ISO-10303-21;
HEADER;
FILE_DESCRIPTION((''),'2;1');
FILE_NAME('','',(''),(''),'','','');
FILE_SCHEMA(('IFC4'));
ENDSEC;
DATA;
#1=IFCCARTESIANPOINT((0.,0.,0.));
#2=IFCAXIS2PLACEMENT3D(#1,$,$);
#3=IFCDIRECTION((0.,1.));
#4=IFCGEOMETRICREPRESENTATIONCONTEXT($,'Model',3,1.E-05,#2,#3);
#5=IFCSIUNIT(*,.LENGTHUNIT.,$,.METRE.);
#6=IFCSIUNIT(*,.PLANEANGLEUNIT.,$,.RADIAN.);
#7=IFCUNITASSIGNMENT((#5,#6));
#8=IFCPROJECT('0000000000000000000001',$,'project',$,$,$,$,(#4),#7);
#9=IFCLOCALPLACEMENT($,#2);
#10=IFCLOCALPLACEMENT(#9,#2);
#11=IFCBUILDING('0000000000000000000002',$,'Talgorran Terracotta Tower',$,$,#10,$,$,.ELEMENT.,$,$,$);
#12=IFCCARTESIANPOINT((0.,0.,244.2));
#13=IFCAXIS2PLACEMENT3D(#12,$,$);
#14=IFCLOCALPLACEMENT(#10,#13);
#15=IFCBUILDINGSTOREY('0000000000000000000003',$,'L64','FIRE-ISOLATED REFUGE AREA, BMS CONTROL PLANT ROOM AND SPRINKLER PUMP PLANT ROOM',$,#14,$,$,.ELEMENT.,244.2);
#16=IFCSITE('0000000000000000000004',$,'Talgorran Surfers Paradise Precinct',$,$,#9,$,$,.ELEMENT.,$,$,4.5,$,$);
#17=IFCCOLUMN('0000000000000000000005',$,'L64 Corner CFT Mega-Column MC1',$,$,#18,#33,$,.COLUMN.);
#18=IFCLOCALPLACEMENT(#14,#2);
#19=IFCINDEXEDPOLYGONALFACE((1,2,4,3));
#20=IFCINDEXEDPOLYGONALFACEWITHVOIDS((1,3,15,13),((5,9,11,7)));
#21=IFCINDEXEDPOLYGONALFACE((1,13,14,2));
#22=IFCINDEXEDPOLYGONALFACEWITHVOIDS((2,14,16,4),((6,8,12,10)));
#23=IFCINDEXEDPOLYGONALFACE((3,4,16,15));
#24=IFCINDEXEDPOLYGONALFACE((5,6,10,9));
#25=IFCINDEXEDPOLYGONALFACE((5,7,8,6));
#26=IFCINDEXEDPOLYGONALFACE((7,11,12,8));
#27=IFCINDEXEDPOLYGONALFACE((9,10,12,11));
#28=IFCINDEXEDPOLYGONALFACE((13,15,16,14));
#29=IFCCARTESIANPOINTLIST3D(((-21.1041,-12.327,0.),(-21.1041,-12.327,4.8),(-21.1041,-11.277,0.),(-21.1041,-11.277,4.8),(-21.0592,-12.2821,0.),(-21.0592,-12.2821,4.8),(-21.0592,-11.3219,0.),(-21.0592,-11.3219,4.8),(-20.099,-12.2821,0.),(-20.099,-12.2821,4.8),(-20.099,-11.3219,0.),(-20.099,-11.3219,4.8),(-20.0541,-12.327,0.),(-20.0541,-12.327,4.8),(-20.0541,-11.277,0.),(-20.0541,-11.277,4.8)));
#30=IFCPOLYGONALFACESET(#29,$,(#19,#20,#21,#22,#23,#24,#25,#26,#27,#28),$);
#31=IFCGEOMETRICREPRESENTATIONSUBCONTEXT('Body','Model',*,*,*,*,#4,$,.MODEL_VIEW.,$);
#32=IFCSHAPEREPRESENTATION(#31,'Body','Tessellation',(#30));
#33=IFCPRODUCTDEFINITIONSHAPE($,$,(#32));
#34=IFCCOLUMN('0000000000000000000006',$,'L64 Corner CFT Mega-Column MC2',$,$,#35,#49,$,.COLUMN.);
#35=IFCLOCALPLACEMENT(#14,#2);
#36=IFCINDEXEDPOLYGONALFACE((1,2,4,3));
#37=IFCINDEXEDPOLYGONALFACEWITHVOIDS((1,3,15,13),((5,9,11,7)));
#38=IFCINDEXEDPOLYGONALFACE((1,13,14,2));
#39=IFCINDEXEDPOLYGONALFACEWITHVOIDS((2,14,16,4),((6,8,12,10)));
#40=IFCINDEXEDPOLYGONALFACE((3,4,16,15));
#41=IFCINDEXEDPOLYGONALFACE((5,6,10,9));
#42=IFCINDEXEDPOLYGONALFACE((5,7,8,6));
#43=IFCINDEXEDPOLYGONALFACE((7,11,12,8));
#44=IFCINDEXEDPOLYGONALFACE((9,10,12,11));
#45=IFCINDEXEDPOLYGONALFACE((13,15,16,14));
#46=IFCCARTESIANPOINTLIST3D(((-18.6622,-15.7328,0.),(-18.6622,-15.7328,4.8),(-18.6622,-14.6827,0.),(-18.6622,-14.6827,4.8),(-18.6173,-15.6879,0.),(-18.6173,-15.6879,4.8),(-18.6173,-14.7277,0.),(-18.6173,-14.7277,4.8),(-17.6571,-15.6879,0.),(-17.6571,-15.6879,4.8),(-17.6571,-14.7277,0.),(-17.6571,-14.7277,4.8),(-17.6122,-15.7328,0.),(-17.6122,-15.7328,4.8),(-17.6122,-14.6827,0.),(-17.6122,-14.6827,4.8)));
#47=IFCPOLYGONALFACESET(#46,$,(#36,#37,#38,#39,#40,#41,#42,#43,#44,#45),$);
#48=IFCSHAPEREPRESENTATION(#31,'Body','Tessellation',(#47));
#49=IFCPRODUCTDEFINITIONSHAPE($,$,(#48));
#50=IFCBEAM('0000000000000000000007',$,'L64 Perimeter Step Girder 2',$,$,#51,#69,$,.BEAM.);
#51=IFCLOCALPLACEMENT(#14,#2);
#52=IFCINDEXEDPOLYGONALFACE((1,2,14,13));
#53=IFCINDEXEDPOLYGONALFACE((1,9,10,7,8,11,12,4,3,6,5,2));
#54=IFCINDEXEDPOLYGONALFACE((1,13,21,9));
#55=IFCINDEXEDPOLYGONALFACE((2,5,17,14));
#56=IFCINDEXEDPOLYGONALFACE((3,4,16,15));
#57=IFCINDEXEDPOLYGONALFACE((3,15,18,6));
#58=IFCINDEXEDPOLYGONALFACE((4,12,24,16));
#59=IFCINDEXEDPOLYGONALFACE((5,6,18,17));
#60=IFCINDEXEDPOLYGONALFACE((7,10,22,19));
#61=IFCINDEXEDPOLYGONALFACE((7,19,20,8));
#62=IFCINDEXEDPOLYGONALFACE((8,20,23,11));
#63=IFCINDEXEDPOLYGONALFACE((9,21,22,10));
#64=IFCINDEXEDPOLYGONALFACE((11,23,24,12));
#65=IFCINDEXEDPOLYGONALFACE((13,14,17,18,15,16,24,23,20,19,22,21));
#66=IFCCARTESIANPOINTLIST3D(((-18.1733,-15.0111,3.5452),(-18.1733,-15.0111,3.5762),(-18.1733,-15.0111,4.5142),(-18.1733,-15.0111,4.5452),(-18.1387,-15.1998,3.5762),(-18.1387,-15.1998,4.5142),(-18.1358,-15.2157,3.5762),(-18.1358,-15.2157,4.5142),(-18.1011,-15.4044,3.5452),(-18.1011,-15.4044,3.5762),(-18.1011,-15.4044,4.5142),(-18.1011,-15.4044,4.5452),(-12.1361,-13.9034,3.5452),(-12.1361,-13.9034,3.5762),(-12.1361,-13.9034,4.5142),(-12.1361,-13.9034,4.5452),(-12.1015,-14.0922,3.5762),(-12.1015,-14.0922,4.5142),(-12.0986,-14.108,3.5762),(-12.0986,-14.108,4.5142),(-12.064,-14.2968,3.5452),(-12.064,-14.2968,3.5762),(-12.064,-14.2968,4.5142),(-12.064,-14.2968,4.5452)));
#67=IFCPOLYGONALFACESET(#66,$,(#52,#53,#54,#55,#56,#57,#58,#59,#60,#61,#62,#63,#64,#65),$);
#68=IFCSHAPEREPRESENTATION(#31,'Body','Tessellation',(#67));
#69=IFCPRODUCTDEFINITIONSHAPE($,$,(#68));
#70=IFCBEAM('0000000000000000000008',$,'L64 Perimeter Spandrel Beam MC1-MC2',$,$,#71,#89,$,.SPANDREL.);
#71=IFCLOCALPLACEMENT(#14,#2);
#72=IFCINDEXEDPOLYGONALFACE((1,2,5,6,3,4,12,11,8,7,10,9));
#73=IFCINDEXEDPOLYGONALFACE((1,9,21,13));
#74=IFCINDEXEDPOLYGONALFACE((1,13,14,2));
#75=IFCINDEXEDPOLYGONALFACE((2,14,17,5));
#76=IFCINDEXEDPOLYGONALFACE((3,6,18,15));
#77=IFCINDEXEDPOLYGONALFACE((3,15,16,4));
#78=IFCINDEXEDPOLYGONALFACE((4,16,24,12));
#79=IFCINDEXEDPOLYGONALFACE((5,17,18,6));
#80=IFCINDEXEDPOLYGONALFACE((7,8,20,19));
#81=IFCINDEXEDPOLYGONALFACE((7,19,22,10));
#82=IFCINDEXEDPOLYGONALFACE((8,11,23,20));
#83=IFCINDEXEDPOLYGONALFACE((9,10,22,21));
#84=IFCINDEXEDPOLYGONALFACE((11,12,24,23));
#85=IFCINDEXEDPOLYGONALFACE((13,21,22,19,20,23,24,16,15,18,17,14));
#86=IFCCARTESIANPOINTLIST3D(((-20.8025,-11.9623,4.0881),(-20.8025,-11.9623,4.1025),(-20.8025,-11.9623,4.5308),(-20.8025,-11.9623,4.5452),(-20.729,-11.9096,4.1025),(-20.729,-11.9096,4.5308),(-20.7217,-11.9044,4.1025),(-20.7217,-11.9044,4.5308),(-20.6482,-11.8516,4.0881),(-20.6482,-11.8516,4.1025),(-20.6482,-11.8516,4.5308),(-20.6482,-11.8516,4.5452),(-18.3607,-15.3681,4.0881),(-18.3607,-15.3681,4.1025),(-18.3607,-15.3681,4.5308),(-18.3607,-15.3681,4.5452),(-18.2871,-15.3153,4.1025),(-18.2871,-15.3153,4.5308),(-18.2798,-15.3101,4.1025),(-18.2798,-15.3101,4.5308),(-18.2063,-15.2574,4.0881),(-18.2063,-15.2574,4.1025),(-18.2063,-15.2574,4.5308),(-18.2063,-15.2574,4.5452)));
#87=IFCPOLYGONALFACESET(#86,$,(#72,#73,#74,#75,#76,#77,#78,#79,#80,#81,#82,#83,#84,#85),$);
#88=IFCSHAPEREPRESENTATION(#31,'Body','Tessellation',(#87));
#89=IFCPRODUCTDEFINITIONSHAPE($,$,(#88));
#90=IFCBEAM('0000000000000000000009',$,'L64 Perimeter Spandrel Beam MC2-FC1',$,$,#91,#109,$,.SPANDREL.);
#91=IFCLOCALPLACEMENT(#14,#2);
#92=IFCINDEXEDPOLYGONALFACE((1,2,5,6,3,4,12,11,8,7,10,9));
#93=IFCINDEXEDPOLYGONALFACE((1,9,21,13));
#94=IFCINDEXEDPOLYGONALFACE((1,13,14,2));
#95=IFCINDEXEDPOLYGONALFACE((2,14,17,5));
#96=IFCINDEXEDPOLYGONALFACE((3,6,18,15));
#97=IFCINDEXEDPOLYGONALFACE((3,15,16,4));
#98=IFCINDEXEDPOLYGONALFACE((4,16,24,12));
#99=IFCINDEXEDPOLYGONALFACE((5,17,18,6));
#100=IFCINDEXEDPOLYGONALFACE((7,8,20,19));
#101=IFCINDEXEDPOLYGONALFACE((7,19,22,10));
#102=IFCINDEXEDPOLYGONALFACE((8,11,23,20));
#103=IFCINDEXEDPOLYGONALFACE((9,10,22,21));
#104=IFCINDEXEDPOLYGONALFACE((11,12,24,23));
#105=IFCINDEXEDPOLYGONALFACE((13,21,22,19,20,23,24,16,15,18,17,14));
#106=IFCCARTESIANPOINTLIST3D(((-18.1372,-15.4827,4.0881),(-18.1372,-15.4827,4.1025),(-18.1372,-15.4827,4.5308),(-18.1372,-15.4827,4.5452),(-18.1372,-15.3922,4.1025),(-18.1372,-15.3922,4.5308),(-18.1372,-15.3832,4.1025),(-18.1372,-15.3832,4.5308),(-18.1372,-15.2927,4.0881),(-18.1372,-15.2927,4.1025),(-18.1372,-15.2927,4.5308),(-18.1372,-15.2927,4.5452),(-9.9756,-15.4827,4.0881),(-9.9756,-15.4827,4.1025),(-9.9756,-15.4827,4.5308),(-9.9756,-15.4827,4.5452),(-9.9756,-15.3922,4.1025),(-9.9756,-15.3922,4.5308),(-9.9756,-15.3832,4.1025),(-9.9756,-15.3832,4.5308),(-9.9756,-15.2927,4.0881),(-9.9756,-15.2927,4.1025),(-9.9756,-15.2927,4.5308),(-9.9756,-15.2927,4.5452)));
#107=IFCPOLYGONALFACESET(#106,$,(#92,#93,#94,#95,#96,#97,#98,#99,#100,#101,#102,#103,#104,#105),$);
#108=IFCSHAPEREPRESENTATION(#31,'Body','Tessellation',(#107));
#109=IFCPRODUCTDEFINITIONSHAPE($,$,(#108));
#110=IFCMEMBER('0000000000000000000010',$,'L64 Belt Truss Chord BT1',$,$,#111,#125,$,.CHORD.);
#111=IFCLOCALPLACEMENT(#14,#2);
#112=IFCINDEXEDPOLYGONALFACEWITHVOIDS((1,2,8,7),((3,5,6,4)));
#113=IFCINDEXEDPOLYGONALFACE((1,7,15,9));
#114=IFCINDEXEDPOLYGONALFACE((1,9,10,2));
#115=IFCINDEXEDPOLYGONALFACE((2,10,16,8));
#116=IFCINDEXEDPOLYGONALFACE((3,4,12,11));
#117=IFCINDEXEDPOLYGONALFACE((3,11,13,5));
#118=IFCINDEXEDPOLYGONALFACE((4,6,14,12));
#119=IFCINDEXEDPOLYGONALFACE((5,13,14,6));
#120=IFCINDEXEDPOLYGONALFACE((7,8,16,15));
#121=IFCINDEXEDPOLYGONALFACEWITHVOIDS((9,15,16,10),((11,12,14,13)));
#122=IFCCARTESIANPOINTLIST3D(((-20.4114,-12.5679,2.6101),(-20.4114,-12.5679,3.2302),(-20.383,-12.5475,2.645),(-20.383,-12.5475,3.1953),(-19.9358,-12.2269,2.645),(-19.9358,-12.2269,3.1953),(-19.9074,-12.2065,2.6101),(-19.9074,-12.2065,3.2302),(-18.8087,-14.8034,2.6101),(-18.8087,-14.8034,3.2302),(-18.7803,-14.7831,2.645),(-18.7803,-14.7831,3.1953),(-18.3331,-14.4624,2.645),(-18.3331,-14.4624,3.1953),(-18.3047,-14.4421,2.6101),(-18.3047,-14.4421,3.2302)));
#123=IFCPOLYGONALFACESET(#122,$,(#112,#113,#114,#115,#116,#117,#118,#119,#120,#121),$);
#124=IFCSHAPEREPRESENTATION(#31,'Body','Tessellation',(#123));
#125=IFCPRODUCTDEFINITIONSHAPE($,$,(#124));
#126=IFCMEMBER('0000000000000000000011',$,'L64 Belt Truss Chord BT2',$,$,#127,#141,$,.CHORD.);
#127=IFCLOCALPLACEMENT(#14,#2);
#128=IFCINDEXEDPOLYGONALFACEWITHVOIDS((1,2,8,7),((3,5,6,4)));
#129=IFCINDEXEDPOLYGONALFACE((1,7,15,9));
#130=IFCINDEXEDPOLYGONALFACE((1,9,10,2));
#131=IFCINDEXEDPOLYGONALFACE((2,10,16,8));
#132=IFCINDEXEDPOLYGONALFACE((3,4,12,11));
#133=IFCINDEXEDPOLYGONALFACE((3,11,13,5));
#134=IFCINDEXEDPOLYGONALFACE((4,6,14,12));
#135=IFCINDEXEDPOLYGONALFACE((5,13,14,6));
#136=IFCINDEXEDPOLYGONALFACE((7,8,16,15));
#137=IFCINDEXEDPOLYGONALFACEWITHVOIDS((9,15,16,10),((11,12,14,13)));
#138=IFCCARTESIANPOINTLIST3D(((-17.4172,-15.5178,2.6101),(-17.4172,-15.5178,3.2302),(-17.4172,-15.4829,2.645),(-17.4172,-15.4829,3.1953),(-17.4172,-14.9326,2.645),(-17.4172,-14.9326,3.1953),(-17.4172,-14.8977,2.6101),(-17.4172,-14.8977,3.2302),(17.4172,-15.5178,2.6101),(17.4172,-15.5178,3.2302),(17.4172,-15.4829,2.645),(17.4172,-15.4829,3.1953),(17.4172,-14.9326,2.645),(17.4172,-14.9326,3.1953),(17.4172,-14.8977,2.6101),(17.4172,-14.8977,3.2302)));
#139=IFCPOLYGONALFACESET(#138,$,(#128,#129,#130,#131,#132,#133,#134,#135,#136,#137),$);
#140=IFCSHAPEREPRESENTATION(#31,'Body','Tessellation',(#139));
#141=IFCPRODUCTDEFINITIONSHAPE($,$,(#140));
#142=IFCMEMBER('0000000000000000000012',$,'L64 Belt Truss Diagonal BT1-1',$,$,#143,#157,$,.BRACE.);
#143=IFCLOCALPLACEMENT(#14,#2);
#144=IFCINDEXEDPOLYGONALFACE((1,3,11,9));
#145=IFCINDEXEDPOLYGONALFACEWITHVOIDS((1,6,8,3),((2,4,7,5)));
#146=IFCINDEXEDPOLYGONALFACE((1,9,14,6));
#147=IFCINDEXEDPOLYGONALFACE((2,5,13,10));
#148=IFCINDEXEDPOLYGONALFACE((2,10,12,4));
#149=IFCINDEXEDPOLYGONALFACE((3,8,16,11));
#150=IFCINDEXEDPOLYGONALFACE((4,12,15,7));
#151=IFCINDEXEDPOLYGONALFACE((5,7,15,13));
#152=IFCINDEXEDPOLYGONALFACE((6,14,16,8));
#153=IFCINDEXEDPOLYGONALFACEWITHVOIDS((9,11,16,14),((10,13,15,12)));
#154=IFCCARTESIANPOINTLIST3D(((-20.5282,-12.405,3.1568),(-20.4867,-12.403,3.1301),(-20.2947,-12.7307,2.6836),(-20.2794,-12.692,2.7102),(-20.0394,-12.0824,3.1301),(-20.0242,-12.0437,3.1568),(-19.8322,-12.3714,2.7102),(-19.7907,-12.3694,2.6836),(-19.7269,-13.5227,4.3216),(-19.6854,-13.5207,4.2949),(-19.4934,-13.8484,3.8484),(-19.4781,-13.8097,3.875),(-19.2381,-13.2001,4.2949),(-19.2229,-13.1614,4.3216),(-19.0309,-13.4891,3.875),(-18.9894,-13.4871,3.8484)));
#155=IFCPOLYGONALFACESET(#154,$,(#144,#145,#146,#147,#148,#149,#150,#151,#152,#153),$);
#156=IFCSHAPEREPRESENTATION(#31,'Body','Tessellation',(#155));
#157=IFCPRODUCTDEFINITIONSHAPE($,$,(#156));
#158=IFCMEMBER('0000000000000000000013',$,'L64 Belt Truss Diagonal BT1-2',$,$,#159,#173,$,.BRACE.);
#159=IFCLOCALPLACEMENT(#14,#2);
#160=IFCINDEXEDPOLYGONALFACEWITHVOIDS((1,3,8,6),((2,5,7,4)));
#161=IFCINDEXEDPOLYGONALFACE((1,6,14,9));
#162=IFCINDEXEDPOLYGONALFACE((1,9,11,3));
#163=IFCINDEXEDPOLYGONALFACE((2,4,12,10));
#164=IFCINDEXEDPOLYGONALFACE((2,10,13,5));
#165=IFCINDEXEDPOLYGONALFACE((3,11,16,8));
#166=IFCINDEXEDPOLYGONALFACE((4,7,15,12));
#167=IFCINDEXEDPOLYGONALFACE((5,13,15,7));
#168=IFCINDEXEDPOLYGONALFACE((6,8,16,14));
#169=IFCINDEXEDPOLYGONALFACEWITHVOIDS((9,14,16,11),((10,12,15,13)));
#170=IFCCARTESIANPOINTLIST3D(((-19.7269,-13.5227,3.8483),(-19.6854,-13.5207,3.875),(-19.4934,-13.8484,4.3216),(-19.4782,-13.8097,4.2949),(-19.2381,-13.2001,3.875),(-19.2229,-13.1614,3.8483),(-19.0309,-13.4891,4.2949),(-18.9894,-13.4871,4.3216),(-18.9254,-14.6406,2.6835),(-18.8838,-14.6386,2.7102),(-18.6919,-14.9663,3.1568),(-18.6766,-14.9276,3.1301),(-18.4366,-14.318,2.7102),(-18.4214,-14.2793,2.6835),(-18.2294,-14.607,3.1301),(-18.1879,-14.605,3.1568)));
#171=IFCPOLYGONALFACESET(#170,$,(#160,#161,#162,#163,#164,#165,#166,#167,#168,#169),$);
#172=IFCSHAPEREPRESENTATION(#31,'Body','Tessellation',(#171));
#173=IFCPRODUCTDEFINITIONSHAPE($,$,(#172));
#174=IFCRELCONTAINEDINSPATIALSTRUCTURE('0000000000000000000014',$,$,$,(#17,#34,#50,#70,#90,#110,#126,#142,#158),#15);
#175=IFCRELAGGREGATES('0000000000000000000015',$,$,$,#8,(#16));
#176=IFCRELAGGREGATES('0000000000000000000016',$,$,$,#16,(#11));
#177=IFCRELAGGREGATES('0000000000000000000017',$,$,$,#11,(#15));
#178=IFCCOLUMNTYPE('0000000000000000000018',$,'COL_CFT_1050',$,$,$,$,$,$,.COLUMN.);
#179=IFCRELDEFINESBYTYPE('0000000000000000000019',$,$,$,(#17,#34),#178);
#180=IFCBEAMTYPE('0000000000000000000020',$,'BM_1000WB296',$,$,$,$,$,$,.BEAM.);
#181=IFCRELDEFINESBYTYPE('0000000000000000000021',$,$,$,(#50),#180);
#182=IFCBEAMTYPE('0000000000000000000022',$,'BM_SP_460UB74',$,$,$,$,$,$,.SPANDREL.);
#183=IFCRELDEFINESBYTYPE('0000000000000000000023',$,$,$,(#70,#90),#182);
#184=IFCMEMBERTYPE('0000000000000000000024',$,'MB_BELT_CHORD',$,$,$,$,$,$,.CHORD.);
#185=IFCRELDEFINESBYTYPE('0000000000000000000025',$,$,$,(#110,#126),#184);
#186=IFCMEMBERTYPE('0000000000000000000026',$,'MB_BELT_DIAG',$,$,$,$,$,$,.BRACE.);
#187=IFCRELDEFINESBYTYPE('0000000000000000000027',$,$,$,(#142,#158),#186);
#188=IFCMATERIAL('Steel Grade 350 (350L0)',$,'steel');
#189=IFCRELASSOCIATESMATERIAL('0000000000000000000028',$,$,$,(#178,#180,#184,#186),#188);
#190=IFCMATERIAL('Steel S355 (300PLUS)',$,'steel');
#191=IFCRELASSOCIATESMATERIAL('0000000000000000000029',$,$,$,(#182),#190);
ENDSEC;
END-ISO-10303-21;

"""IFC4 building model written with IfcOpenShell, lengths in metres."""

from ifc_helpers import new_model, si_unit, direction, frame, origin, origin_2d, place, context, subcontext, project, spatial, hollow_rectangle, i_section, extrude, material, material_profile, profile_set, type_object, element, save


model = new_model("IFC4")

# Units and contexts
model_context = context("Model", 3, precision=1e-05, world=origin(), true_north=direction((0.0, 1.0)))
body_context = subcontext(model_context, "Body", "Model", "MODEL_VIEW")
ifc_project = project(units=[si_unit("LENGTHUNIT", "METRE"), si_unit("PLANEANGLEUNIT", "RADIAN")], contexts=[model_context])

# Site, building, storey
site_placement = place(None, origin())
site = spatial("IfcSite", under=ifc_project, at=site_placement, Name="Talgorran Surfers Paradise Precinct", CompositionType="ELEMENT", RefElevation=4.5)
building_placement = place(site_placement, origin())
building = spatial("IfcBuilding", under=site, at=building_placement, Name="Talgorran Terracotta Tower", CompositionType="ELEMENT")
storey_placement = place(building_placement, frame((0.0, 0.0, 244.2)))
storey = spatial("IfcBuildingStorey", under=building, at=storey_placement, Name="L64", Description="FIRE-ISOLATED REFUGE AREA, BMS CONTROL PLANT ROOM AND SPRINKLER PUMP PLANT ROOM", CompositionType="ELEMENT", Elevation=244.2)

# Columns
ifc_material_1 = material(Name="Steel Grade 350 (350L0)", Category="steel")
ifc_material_profile_1 = material_profile(ifc_material_1, hollow_rectangle(XDim=1.05, YDim=1.05, WallThickness=0.0449, at=origin_2d()), Name="CFT1050X1050X45")
ifc_profile_set_1 = profile_set([ifc_material_profile_1], Name="Steel Grade 350 (350L0)")
column_type = type_object("IfcColumnType", Name="COL_CFT_1050", PredefinedType="COLUMN", material=ifc_profile_set_1)
for number, where, z_axis, x_axis, name in (
    (1, (-20.5791, -11.802, 0.0), (0.0, 0.0, 1.0), (1.0, 0.0, 0.0), "L64 Corner CFT Mega-Column MC1"),
    (2, (-18.1372, -15.2078, 0.0), (0.0, 0.0, 1.0), (1.0, 0.0, 0.0), "L64 Corner CFT Mega-Column MC2"),
):
    element("IfcColumn", number, at=place(storey_placement, frame(where, z_axis=z_axis, x_axis=x_axis)), inside=storey, type_object=column_type, Name=name, PredefinedType="COLUMN", context=body_context, shape_type="SweptSolid", body=[
        extrude(hollow_rectangle(XDim=1.05, YDim=1.05, WallThickness=0.0449, at=origin_2d()), origin(), (0.0, 0.0, 1.0), 4.8),
    ])

# Beams
ifc_material_profile_2 = material_profile(ifc_material_1, i_section(OverallWidth=0.3999, OverallDepth=1.0, WebThickness=0.0161, FlangeThickness=0.031, at=origin_2d()), Name="1000WB296")
ifc_profile_set_2 = profile_set([ifc_material_profile_2], Name="Steel Grade 350 (350L0)")
beam_type_1 = type_object("IfcBeamType", Name="BM_1000WB296", PredefinedType="BEAM", material=ifc_profile_set_2)
beam_1_placement = place(storey_placement, frame((-18.1372, -15.2078, 4.0452), z_axis=(0.983582, 0.180464, 0.0), x_axis=(-0.180464, 0.983582, 0.0)))
element("IfcBeam", 3, at=beam_1_placement, inside=storey, type_object=beam_type_1, Name="L64 Perimeter Step Girder 2", PredefinedType="BEAM", context=body_context, shape_type="SweptSolid", body=[
    extrude(i_section(OverallWidth=0.3999, OverallDepth=1.0, WebThickness=0.0161, FlangeThickness=0.031, at=origin_2d()), origin(), (0.0, 0.0, 1.0), 6.1379),
])
ifc_material_2 = material(Name="Steel S355 (300PLUS)", Category="steel")
ifc_material_profile_3 = material_profile(ifc_material_2, i_section(OverallWidth=0.1899, OverallDepth=0.457, WebThickness=0.009, FlangeThickness=0.0144, at=origin_2d()), Name="460UB74.6")
ifc_profile_set_3 = profile_set([ifc_material_profile_3], Name="Steel S355 (300PLUS)")
beam_type_2 = type_object("IfcBeamType", Name="BM_SP_460UB74", PredefinedType="SPANDREL", material=ifc_profile_set_3)
beam_2_placement = place(storey_placement, frame((-20.7253, -11.907, 4.3167), z_axis=(0.582692, -0.812693, 0.0), x_axis=(0.812693, 0.582692, 0.0)))
element("IfcBeam", 4, at=beam_2_placement, inside=storey, type_object=beam_type_2, Name="L64 Perimeter Spandrel Beam MC1-MC2", PredefinedType="SPANDREL", context=body_context, shape_type="SweptSolid", body=[
    extrude(i_section(OverallWidth=0.1899, OverallDepth=0.457, WebThickness=0.009, FlangeThickness=0.0144, at=origin_2d()), origin(), (0.0, 0.0, 1.0), 4.1907),
])
beam_3_placement = place(storey_placement, frame((-18.1372, -15.3877, 4.3167), z_axis=(1.0, 0.0, 0.0), x_axis=(0.0, 1.0, 0.0)))
element("IfcBeam", 5, at=beam_3_placement, inside=storey, type_object=beam_type_2, Name="L64 Perimeter Spandrel Beam MC2-FC1", PredefinedType="SPANDREL", context=body_context, shape_type="SweptSolid", body=[
    extrude(i_section(OverallWidth=0.1899, OverallDepth=0.457, WebThickness=0.009, FlangeThickness=0.0144, at=origin_2d()), origin(), (0.0, 0.0, 1.0), 8.1616),
])

# Members
ifc_material_profile_4 = material_profile(ifc_material_1, hollow_rectangle(XDim=0.6201, YDim=0.6201, WallThickness=0.0349, at=origin_2d()), Name="WBOX620X620X35")
ifc_profile_set_4 = profile_set([ifc_material_profile_4], Name="Steel Grade 350 (350L0)")
member_type_1 = type_object("IfcMemberType", Name="MB_BELT_CHORD", PredefinedType="CHORD", material=ifc_profile_set_4)
member_1_placement = place(storey_placement, frame((-20.1594, -12.3872, 2.9202), z_axis=(0.582665, -0.812713, 0.0), x_axis=(0.812713, 0.582665, 0.0)))
element("IfcMember", 6, at=member_1_placement, inside=storey, type_object=member_type_1, Name="L64 Belt Truss Chord BT1", PredefinedType="CHORD", context=body_context, shape_type="SweptSolid", body=[
    extrude(hollow_rectangle(XDim=0.6201, YDim=0.6201, WallThickness=0.0349, at=origin_2d()), origin(), (0.0, 0.0, 1.0), 2.7507),
])
member_2_placement = place(storey_placement, frame((-17.4172, -15.2078, 2.9202), z_axis=(1.0, 0.0, 0.0), x_axis=(0.0, 1.0, 0.0)))
element("IfcMember", 7, at=member_2_placement, inside=storey, type_object=member_type_1, Name="L64 Belt Truss Chord BT2", PredefinedType="CHORD", context=body_context, shape_type="SweptSolid", body=[
    extrude(hollow_rectangle(XDim=0.6201, YDim=0.6201, WallThickness=0.0349, at=origin_2d()), origin(), (0.0, 0.0, 1.0), 34.8345),
])
ifc_material_profile_5 = material_profile(ifc_material_1, hollow_rectangle(XDim=0.6201, YDim=0.6201, WallThickness=0.0349, at=origin_2d()), Name="WBOX620X620X35")
ifc_profile_set_5 = profile_set([ifc_material_profile_5], Name="Steel Grade 350 (350L0)")
member_type_2 = type_object("IfcMemberType", Name="MB_BELT_DIAG", PredefinedType="BRACE", material=ifc_profile_set_5)
member_3_placement = place(storey_placement, frame((-20.1594, -12.3872, 2.9202), z_axis=(0.444603, -0.620168, 0.646313), x_axis=(0.812725, 0.582648, 0.0)))
element("IfcMember", 8, at=member_3_placement, inside=storey, type_object=member_type_2, Name="L64 Belt Truss Diagonal BT1-1", PredefinedType="BRACE", context=body_context, shape_type="SweptSolid", body=[
    extrude(hollow_rectangle(XDim=0.6201, YDim=0.6201, WallThickness=0.0349, at=origin_2d()), origin(), (0.0, 0.0, 1.0), 1.8022),
])
member_4_placement = place(storey_placement, frame((-19.3582, -13.5049, 4.085), z_axis=(0.444674, -0.620214, -0.64622), x_axis=(0.812701, 0.582681, 0.0)))
element("IfcMember", 9, at=member_4_placement, inside=storey, type_object=member_type_2, Name="L64 Belt Truss Diagonal BT1-2", PredefinedType="BRACE", context=body_context, shape_type="SweptSolid", body=[
    extrude(hollow_rectangle(XDim=0.6201, YDim=0.6201, WallThickness=0.0349, at=origin_2d()), origin(), (0.0, 0.0, 1.0), 1.8025),
])

save(model, "model.ifc")
